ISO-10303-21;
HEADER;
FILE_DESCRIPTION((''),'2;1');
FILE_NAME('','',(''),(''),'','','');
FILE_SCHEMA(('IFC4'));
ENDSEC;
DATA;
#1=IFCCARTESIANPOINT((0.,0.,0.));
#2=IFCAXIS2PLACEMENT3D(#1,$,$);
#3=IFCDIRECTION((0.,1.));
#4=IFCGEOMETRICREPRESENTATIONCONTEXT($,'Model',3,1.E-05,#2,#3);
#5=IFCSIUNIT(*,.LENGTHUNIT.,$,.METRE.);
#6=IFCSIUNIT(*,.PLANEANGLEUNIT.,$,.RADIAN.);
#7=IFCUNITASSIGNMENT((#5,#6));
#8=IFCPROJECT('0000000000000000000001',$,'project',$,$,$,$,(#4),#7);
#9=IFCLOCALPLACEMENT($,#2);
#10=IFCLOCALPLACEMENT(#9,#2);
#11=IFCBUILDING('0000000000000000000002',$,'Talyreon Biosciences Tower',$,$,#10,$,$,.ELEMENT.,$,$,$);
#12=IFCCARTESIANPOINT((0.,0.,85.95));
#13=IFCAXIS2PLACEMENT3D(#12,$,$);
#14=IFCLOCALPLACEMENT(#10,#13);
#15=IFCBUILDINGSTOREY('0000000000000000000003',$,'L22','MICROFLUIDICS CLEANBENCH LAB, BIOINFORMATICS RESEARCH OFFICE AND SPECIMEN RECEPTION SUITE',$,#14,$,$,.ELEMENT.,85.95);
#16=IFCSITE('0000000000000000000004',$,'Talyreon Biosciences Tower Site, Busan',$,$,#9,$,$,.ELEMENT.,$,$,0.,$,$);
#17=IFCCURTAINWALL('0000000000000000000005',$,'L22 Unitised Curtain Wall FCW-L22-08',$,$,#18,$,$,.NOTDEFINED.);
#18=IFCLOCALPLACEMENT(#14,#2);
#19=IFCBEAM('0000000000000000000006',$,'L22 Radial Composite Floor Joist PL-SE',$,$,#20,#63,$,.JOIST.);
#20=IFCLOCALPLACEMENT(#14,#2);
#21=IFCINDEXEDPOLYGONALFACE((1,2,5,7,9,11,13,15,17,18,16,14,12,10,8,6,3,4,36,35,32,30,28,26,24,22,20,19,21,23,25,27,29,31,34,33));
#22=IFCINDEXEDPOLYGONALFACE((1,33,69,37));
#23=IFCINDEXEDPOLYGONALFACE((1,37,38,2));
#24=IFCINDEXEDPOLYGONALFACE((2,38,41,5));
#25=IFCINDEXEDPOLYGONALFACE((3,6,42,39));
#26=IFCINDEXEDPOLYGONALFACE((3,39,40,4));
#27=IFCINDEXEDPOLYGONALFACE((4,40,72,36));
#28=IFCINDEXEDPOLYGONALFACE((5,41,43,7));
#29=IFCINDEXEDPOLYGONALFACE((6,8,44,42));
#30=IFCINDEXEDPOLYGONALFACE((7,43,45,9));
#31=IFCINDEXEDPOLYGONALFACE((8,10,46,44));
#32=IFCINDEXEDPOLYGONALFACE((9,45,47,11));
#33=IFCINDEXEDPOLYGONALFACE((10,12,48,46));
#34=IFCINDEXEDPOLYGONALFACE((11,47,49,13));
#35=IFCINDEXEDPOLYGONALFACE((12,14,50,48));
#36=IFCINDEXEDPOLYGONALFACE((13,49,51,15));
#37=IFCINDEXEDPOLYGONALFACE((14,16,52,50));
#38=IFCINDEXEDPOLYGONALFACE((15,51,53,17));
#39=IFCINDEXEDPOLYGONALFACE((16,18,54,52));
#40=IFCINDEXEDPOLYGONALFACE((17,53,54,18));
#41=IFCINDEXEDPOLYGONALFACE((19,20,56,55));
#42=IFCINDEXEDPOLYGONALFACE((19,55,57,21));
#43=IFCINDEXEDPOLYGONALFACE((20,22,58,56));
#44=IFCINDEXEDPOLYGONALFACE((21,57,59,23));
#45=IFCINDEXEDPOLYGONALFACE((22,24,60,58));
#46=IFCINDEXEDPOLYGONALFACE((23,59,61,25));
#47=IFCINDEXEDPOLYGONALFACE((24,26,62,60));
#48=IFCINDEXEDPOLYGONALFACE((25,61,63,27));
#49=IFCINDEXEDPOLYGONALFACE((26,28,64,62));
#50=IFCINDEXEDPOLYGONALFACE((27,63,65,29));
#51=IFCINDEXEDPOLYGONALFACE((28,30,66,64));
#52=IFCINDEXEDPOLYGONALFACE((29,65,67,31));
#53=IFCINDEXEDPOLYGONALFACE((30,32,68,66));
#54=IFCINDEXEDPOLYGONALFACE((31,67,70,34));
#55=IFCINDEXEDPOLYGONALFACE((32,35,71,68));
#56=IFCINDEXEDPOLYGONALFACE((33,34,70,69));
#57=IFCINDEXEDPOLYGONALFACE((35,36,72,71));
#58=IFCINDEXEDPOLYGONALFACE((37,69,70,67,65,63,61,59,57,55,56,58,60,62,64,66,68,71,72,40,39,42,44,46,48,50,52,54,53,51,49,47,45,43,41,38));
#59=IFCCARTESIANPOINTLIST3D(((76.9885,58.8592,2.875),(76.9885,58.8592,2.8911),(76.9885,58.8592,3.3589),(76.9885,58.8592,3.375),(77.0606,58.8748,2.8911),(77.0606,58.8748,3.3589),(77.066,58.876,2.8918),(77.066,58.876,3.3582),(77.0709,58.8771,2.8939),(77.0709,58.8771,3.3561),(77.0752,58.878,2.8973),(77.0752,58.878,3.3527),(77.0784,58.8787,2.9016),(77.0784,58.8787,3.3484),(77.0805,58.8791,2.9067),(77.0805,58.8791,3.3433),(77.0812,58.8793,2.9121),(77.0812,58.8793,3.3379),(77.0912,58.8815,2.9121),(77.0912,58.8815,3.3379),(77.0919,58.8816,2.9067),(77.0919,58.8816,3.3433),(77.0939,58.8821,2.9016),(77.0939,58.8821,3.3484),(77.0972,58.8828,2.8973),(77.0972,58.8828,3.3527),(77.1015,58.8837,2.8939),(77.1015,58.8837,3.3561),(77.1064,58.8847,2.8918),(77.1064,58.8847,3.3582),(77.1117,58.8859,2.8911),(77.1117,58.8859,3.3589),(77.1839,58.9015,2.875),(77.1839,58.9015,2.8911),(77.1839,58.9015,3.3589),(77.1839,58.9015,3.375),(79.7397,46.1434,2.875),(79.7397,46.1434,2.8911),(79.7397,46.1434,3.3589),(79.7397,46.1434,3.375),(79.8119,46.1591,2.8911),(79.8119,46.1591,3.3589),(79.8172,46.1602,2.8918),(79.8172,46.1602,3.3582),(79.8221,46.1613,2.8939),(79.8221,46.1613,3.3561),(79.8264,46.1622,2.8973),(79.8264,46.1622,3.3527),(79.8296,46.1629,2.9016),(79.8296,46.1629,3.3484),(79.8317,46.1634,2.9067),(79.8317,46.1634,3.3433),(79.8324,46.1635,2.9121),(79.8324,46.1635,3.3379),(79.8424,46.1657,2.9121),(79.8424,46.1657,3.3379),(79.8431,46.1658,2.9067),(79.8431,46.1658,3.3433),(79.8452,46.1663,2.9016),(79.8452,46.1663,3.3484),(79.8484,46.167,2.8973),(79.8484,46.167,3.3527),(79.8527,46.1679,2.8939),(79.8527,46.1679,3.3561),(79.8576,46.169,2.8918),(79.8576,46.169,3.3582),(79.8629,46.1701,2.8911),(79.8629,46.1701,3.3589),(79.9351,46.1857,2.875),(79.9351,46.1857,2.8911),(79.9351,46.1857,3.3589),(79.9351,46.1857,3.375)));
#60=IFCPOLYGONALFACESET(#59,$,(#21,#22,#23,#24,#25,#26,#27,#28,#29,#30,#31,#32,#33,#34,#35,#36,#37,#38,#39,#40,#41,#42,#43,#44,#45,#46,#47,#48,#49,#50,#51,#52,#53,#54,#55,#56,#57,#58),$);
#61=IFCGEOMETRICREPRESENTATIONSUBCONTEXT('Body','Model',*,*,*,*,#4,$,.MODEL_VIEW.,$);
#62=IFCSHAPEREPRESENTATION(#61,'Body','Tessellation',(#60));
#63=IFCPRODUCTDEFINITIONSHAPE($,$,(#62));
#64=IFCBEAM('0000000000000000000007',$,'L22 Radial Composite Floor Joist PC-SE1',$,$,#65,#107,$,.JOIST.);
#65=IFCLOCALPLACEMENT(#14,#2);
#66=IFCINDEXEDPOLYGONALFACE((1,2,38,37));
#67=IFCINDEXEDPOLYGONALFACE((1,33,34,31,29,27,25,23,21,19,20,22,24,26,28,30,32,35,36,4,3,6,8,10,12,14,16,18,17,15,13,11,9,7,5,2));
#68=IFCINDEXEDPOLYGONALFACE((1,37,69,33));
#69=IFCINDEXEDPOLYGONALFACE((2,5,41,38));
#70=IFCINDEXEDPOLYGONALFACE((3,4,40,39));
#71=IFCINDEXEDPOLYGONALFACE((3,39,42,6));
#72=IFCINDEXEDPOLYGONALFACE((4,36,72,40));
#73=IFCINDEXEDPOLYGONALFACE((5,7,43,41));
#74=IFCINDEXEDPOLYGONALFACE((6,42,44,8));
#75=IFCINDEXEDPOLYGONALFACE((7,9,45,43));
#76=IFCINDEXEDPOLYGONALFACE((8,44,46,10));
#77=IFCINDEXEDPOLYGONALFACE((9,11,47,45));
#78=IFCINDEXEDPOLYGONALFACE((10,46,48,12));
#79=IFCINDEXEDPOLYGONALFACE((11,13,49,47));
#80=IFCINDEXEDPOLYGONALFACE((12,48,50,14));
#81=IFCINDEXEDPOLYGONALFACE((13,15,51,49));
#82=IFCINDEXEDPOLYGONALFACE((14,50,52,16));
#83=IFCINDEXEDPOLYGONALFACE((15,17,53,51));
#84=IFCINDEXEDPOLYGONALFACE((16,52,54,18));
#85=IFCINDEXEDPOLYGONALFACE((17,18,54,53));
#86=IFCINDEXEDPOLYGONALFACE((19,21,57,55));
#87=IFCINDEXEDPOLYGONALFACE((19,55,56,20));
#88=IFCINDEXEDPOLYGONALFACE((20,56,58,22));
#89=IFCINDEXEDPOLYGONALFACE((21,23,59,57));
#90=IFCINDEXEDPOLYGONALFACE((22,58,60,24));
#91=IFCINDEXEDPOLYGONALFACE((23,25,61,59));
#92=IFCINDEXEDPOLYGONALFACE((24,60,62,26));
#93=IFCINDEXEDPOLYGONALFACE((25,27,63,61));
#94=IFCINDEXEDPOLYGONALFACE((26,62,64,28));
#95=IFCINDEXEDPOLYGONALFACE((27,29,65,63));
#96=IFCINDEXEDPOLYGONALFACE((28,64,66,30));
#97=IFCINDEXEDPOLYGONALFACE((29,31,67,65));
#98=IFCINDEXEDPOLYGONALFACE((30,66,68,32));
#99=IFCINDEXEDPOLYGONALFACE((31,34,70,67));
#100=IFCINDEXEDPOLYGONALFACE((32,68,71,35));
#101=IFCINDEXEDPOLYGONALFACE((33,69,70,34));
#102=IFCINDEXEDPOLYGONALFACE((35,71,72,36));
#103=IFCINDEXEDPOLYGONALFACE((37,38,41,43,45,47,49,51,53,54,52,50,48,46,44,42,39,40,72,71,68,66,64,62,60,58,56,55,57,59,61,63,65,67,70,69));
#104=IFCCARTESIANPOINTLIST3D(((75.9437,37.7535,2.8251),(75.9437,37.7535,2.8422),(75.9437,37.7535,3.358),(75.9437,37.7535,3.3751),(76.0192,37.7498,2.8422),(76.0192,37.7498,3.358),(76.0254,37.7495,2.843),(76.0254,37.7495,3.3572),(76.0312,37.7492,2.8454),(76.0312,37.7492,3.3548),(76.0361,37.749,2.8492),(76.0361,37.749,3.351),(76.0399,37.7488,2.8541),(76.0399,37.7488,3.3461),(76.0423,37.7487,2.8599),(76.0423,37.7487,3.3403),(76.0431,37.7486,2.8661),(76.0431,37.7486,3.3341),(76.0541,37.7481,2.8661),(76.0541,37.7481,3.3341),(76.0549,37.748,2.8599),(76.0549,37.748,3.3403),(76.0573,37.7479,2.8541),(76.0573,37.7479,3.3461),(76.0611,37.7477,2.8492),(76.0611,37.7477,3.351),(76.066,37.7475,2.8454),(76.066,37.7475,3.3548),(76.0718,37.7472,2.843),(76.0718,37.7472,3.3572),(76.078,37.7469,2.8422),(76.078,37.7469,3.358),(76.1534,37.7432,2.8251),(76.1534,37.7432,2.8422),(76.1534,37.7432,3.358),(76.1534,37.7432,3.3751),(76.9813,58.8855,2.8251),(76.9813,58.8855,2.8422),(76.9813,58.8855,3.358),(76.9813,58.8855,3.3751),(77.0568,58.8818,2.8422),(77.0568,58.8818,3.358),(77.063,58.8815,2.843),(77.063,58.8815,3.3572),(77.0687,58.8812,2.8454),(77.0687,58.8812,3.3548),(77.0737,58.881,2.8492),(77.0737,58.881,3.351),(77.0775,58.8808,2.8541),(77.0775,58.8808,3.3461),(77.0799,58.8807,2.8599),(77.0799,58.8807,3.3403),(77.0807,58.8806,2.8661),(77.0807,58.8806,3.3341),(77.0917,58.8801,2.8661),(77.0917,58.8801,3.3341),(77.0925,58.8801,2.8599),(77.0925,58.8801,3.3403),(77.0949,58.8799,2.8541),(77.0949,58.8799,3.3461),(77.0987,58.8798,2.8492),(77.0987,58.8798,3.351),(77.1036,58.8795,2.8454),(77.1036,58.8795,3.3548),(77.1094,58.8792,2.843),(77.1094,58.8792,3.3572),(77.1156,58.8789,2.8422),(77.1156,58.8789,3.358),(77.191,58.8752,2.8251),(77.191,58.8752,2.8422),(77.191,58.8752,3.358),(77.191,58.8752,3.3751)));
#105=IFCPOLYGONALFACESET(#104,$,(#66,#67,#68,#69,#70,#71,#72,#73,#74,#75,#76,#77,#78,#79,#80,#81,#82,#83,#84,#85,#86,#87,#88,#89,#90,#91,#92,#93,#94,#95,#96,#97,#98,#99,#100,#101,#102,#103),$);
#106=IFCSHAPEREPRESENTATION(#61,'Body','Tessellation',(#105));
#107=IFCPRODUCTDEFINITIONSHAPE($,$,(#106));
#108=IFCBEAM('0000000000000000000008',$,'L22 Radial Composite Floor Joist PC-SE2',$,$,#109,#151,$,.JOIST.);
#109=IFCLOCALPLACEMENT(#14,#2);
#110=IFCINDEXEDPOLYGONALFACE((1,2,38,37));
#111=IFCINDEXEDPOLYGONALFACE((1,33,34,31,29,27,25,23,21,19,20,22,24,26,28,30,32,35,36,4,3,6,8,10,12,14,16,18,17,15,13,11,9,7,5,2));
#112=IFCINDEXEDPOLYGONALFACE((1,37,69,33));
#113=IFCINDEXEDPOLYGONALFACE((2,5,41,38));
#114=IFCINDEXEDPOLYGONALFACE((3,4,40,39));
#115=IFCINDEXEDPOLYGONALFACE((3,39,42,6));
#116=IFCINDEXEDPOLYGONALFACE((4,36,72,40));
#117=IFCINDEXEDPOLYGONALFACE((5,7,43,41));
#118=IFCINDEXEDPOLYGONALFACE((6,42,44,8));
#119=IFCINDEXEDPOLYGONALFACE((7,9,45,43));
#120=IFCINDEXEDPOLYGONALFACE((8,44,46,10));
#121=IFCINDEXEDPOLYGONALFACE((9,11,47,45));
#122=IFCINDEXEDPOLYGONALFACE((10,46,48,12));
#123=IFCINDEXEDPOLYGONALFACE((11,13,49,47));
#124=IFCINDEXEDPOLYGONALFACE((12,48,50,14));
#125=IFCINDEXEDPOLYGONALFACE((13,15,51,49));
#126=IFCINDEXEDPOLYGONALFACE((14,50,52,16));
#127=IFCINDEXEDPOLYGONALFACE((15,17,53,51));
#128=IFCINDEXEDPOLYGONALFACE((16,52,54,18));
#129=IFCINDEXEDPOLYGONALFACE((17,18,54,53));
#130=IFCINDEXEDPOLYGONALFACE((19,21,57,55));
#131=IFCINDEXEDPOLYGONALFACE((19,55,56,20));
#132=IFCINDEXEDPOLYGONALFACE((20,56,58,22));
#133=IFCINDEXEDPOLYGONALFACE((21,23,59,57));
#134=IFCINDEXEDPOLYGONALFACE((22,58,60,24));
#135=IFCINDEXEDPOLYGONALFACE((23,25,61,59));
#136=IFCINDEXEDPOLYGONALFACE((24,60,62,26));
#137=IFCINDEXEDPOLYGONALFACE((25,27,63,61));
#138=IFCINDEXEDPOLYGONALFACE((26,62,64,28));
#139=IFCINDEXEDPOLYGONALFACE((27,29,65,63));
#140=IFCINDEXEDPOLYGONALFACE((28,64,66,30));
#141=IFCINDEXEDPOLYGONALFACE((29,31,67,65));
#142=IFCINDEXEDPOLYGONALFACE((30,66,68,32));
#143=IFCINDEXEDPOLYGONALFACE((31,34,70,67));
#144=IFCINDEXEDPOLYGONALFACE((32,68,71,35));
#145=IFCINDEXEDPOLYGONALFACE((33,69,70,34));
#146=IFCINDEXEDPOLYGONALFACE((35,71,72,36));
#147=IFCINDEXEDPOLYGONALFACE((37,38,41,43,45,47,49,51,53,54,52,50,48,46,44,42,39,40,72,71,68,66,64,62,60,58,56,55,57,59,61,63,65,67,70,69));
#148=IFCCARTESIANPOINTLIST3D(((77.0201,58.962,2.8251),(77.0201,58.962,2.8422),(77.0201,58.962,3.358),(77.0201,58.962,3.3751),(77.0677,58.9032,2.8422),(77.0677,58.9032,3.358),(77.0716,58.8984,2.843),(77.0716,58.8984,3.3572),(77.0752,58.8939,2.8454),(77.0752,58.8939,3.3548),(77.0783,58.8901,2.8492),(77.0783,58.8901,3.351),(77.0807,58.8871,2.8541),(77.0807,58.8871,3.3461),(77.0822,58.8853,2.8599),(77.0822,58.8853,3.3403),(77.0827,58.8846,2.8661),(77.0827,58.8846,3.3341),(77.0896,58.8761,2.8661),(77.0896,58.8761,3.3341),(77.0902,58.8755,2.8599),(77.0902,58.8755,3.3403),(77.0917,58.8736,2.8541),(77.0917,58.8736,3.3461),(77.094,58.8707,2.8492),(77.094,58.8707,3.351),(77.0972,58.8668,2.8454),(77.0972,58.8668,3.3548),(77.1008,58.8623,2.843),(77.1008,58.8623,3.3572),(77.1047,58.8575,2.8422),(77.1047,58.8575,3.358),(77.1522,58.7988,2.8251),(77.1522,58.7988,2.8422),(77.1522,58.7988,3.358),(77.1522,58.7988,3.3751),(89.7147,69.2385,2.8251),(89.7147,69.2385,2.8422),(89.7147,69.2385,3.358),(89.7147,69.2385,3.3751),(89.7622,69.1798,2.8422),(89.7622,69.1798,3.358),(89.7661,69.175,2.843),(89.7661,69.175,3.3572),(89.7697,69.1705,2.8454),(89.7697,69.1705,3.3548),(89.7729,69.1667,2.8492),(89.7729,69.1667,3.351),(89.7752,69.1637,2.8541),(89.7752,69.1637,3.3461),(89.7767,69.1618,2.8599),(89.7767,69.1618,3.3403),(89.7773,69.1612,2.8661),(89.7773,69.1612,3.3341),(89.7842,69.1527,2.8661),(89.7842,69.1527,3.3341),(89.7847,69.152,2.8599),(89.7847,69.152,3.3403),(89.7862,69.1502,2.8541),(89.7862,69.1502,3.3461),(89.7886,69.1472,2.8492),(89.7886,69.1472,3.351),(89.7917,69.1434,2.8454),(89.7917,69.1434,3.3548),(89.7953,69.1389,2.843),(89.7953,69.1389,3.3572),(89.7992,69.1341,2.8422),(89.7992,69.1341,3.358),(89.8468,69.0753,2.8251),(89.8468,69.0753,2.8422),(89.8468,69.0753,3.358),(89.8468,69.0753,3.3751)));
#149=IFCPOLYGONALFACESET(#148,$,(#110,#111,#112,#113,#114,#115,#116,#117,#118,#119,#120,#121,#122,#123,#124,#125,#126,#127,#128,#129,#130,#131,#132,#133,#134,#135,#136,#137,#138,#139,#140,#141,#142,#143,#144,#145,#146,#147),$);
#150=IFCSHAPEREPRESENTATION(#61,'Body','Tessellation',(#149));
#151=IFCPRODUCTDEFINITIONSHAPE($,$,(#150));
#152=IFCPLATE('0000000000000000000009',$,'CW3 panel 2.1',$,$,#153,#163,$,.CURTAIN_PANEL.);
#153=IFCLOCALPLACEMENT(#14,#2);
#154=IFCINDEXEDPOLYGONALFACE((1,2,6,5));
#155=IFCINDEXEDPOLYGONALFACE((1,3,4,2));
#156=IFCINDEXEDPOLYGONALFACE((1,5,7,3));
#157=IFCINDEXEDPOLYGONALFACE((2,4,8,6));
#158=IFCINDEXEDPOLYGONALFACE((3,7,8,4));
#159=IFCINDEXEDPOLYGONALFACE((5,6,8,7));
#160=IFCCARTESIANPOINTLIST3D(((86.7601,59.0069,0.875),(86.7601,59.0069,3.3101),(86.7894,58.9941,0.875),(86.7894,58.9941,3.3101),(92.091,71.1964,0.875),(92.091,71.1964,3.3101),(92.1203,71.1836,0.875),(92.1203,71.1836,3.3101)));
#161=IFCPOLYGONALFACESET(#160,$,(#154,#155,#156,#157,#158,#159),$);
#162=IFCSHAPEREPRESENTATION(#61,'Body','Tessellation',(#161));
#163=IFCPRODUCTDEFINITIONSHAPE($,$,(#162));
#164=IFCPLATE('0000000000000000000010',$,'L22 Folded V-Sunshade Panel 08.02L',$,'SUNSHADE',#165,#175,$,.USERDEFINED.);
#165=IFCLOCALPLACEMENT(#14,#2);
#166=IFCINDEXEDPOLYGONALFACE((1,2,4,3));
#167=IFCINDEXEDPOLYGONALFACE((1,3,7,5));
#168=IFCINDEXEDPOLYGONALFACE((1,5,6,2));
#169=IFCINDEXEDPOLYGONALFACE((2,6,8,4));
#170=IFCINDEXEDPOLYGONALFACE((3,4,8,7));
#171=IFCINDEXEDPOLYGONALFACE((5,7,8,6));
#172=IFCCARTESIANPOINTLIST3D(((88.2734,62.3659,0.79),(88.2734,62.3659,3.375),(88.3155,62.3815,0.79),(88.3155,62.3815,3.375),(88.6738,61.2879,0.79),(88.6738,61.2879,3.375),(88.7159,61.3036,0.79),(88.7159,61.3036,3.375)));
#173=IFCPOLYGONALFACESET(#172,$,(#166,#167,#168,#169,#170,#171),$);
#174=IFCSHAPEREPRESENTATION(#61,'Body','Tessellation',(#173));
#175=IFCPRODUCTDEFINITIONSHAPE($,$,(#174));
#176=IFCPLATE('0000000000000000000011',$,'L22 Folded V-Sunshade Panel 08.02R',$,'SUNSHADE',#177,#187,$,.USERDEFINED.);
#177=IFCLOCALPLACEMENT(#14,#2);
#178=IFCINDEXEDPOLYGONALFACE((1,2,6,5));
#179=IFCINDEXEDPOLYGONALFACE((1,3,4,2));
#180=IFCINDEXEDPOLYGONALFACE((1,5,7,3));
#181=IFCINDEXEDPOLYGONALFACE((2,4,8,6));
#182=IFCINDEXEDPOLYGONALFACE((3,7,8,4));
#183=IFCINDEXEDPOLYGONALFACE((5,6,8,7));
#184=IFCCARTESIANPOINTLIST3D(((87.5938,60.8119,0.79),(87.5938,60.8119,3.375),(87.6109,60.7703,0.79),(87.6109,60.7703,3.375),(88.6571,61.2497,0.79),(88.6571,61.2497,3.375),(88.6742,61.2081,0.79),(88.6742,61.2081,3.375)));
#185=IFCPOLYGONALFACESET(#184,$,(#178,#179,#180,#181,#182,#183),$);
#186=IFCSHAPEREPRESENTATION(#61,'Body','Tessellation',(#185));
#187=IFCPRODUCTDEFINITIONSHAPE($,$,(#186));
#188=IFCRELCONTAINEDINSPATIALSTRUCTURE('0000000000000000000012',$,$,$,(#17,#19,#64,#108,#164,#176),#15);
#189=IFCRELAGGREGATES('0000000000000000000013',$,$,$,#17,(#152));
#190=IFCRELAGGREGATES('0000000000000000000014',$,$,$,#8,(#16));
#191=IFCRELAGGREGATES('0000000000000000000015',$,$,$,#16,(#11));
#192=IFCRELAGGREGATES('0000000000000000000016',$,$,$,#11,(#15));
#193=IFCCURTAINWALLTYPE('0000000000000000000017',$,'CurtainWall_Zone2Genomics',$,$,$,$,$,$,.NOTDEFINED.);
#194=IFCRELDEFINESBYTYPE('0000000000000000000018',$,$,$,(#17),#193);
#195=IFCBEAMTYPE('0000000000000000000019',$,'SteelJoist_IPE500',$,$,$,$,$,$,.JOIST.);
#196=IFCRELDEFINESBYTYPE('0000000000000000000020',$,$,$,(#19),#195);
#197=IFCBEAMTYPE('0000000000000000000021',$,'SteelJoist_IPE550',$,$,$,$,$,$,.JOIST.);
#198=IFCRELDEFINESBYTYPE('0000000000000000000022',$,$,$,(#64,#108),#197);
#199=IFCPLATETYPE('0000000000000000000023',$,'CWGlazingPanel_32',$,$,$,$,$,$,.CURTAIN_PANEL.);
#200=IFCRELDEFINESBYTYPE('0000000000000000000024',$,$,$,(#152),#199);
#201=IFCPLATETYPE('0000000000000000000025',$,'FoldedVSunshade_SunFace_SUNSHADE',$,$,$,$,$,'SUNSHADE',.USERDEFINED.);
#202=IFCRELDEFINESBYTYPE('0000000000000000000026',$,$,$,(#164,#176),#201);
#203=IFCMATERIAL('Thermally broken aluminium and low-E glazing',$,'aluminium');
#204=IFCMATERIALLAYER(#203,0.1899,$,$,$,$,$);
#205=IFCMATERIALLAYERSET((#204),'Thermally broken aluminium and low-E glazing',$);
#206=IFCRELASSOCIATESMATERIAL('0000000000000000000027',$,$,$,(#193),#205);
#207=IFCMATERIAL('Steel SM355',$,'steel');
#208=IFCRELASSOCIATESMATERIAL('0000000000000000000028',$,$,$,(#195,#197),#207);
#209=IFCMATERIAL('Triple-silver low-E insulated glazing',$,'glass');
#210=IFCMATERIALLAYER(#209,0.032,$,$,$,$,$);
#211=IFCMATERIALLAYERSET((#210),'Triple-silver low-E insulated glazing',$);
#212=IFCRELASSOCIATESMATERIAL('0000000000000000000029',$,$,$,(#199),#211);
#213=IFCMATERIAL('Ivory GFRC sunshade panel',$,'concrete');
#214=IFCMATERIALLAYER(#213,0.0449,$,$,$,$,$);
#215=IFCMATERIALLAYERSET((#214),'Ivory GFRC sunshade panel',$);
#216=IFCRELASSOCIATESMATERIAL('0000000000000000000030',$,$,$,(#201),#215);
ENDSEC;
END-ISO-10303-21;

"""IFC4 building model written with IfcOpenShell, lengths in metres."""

from ifc_helpers import new_model, si_unit, direction, frame, origin, origin_2d, place, context, subcontext, project, spatial, rectangle, i_section, extrude, material, layer, layer_set, material_profile, profile_set, type_object, element, aggregate, save


model = new_model("IFC4")

# Units and contexts
model_context = context("Model", 3, precision=1e-05, world=origin(), true_north=direction((0.0, 1.0)))
body_context = subcontext(model_context, "Body", "Model", "MODEL_VIEW")
ifc_project = project(units=[si_unit("LENGTHUNIT", "METRE"), si_unit("PLANEANGLEUNIT", "RADIAN")], contexts=[model_context])

# Site, building, storey
site_placement = place(None, origin())
site = spatial("IfcSite", under=ifc_project, at=site_placement, Name="Talyreon Biosciences Tower Site, Busan", CompositionType="ELEMENT", RefElevation=0.0)
building_placement = place(site_placement, origin())
building = spatial("IfcBuilding", under=site, at=building_placement, Name="Talyreon Biosciences Tower", CompositionType="ELEMENT")
storey_placement = place(building_placement, frame((0.0, 0.0, 85.95)))
storey = spatial("IfcBuildingStorey", under=building, at=storey_placement, Name="L22", Description="MICROFLUIDICS CLEANBENCH LAB, BIOINFORMATICS RESEARCH OFFICE AND SPECIMEN RECEPTION SUITE", CompositionType="ELEMENT", Elevation=85.95)

# Curtain wall
ifc_material_1 = material(Name="Thermally broken aluminium and low-E glazing", Category="aluminium")
ifc_layer_1 = layer(ifc_material_1, 0.1899)
ifc_layer_set_1 = layer_set([ifc_layer_1], Name="Thermally broken aluminium and low-E glazing")
curtain_wall_type = type_object("IfcCurtainWallType", Name="CurtainWall_Zone2Genomics", PredefinedType="NOTDEFINED", material=ifc_layer_set_1)
curtain_wall_placement = place(storey_placement, origin())
curtain_wall = element("IfcCurtainWall", 1, at=curtain_wall_placement, inside=storey, type_object=curtain_wall_type, Name="L22 Unitised Curtain Wall FCW-L22-08", PredefinedType="NOTDEFINED")

# Beams
ifc_material_2 = material(Name="Steel SM355", Category="steel")
ifc_material_profile_1 = material_profile(ifc_material_2, i_section(OverallWidth=0.2, OverallDepth=0.5, WebThickness=0.0103, FlangeThickness=0.0161, FilletRadius=0.021, at=origin_2d()), Name="IPE500")
ifc_profile_set_1 = profile_set([ifc_material_profile_1], Name="Steel SM355")
beam_type_1 = type_object("IfcBeamType", Name="SteelJoist_IPE500", PredefinedType="JOIST", material=ifc_profile_set_1)
beam_1_placement = place(storey_placement, frame((77.0862, 58.8804, 3.125), z_axis=(0.211469, -0.977385, 0.0), x_axis=(0.977385, 0.211469, 0.0)))
element("IfcBeam", 2, at=beam_1_placement, inside=storey, type_object=beam_type_1, Name="L22 Radial Composite Floor Joist PL-SE", PredefinedType="JOIST", context=body_context, shape_type="SweptSolid", body=[
    extrude(i_section(OverallWidth=0.2, OverallDepth=0.5, WebThickness=0.0103, FlangeThickness=0.0161, FilletRadius=0.021, at=origin_2d()), origin(), (0.0, 0.0, 1.0), 13.01),
])
ifc_material_profile_2 = material_profile(ifc_material_2, i_section(OverallWidth=0.21, OverallDepth=0.55, WebThickness=0.011, FlangeThickness=0.0171, FilletRadius=0.0239, at=origin_2d()), Name="IPE550")
ifc_profile_set_2 = profile_set([ifc_material_profile_2], Name="Steel SM355")
beam_type_2 = type_object("IfcBeamType", Name="SteelJoist_IPE550", PredefinedType="JOIST", material=ifc_profile_set_2)
beam_2_placement = place(storey_placement, frame((77.0862, 58.8804, 3.1001), z_axis=(-0.049042, -0.998797, 0.0), x_axis=(0.998797, -0.049042, 0.0)))
element("IfcBeam", 3, at=beam_2_placement, inside=storey, type_object=beam_type_2, Name="L22 Radial Composite Floor Joist PC-SE1", PredefinedType="JOIST", context=body_context, shape_type="SweptSolid", body=[
    extrude(i_section(OverallWidth=0.21, OverallDepth=0.55, WebThickness=0.011, FlangeThickness=0.0171, FilletRadius=0.0239, at=origin_2d()), origin(), (0.0, 0.0, 1.0), 21.1575),
])
beam_3_placement = place(storey_placement, frame((77.0862, 58.8804, 3.1001), z_axis=(0.777243, 0.6292, 0.0), x_axis=(-0.6292, 0.777243, 0.0)))
element("IfcBeam", 4, at=beam_3_placement, inside=storey, type_object=beam_type_2, Name="L22 Radial Composite Floor Joist PC-SE2", PredefinedType="JOIST", context=body_context, shape_type="SweptSolid", body=[
    extrude(i_section(OverallWidth=0.21, OverallDepth=0.55, WebThickness=0.011, FlangeThickness=0.0171, FilletRadius=0.0239, at=origin_2d()), origin(), (0.0, 0.0, 1.0), 16.3328),
])

# Plate
ifc_material_3 = material(Name="Triple-silver low-E insulated glazing", Category="glass")
ifc_layer_2 = layer(ifc_material_3, 0.032)
ifc_layer_set_2 = layer_set([ifc_layer_2], Name="Triple-silver low-E insulated glazing")
plate_type_1 = type_object("IfcPlateType", Name="CWGlazingPanel_32", PredefinedType="CURTAIN_PANEL", material=ifc_layer_set_2)
plate_placement = place(storey_placement, frame((89.4402, 65.0952, 0.875), z_axis=(0.0, 0.0, 1.0), x_axis=(-0.400689, -0.916214, 0.0)))
plate = element("IfcPlate", 5, at=plate_placement, type_object=plate_type_1, Name="CW3 panel 2.1", PredefinedType="CURTAIN_PANEL", context=body_context, shape_type="SweptSolid", body=[
    extrude(rectangle(XDim=13.3042, YDim=0.032, at=origin_2d()), origin(), (0.0, 0.0, 1.0), 2.4351),
])
aggregate(curtain_wall, [plate])

# Plates
ifc_material_4 = material(Name="Ivory GFRC sunshade panel", Category="concrete")
ifc_layer_3 = layer(ifc_material_4, 0.0449)
ifc_layer_set_3 = layer_set([ifc_layer_3], Name="Ivory GFRC sunshade panel")
plate_type_2 = type_object("IfcPlateType", Name="FoldedVSunshade_SunFace_SUNSHADE", ElementType="SUNSHADE", PredefinedType="USERDEFINED", material=ifc_layer_set_3)
for number, where, z_axis, x_axis, name in (
    (6, (88.4946, 61.8347, 0.79), (0.0, 0.0, 1.0), (0.348228, -0.93741, 0.0), "L22 Folded V-Sunshade Panel 08.02L"),
    (7, (88.134, 61.01, 0.79), (0.0, 0.0, 1.0), (-0.924686, -0.380731, 0.0), "L22 Folded V-Sunshade Panel 08.02R"),
):
    element("IfcPlate", number, at=place(storey_placement, frame(where, z_axis=z_axis, x_axis=x_axis)), inside=storey, type_object=plate_type_2, Name=name, ObjectType="SUNSHADE", PredefinedType="USERDEFINED", context=body_context, shape_type="SweptSolid", body=[
        extrude(rectangle(XDim=1.1499, YDim=0.0449, at=origin_2d()), origin(), (0.0, 0.0, 1.0), 2.585),
    ])

save(model, "model.ifc")
